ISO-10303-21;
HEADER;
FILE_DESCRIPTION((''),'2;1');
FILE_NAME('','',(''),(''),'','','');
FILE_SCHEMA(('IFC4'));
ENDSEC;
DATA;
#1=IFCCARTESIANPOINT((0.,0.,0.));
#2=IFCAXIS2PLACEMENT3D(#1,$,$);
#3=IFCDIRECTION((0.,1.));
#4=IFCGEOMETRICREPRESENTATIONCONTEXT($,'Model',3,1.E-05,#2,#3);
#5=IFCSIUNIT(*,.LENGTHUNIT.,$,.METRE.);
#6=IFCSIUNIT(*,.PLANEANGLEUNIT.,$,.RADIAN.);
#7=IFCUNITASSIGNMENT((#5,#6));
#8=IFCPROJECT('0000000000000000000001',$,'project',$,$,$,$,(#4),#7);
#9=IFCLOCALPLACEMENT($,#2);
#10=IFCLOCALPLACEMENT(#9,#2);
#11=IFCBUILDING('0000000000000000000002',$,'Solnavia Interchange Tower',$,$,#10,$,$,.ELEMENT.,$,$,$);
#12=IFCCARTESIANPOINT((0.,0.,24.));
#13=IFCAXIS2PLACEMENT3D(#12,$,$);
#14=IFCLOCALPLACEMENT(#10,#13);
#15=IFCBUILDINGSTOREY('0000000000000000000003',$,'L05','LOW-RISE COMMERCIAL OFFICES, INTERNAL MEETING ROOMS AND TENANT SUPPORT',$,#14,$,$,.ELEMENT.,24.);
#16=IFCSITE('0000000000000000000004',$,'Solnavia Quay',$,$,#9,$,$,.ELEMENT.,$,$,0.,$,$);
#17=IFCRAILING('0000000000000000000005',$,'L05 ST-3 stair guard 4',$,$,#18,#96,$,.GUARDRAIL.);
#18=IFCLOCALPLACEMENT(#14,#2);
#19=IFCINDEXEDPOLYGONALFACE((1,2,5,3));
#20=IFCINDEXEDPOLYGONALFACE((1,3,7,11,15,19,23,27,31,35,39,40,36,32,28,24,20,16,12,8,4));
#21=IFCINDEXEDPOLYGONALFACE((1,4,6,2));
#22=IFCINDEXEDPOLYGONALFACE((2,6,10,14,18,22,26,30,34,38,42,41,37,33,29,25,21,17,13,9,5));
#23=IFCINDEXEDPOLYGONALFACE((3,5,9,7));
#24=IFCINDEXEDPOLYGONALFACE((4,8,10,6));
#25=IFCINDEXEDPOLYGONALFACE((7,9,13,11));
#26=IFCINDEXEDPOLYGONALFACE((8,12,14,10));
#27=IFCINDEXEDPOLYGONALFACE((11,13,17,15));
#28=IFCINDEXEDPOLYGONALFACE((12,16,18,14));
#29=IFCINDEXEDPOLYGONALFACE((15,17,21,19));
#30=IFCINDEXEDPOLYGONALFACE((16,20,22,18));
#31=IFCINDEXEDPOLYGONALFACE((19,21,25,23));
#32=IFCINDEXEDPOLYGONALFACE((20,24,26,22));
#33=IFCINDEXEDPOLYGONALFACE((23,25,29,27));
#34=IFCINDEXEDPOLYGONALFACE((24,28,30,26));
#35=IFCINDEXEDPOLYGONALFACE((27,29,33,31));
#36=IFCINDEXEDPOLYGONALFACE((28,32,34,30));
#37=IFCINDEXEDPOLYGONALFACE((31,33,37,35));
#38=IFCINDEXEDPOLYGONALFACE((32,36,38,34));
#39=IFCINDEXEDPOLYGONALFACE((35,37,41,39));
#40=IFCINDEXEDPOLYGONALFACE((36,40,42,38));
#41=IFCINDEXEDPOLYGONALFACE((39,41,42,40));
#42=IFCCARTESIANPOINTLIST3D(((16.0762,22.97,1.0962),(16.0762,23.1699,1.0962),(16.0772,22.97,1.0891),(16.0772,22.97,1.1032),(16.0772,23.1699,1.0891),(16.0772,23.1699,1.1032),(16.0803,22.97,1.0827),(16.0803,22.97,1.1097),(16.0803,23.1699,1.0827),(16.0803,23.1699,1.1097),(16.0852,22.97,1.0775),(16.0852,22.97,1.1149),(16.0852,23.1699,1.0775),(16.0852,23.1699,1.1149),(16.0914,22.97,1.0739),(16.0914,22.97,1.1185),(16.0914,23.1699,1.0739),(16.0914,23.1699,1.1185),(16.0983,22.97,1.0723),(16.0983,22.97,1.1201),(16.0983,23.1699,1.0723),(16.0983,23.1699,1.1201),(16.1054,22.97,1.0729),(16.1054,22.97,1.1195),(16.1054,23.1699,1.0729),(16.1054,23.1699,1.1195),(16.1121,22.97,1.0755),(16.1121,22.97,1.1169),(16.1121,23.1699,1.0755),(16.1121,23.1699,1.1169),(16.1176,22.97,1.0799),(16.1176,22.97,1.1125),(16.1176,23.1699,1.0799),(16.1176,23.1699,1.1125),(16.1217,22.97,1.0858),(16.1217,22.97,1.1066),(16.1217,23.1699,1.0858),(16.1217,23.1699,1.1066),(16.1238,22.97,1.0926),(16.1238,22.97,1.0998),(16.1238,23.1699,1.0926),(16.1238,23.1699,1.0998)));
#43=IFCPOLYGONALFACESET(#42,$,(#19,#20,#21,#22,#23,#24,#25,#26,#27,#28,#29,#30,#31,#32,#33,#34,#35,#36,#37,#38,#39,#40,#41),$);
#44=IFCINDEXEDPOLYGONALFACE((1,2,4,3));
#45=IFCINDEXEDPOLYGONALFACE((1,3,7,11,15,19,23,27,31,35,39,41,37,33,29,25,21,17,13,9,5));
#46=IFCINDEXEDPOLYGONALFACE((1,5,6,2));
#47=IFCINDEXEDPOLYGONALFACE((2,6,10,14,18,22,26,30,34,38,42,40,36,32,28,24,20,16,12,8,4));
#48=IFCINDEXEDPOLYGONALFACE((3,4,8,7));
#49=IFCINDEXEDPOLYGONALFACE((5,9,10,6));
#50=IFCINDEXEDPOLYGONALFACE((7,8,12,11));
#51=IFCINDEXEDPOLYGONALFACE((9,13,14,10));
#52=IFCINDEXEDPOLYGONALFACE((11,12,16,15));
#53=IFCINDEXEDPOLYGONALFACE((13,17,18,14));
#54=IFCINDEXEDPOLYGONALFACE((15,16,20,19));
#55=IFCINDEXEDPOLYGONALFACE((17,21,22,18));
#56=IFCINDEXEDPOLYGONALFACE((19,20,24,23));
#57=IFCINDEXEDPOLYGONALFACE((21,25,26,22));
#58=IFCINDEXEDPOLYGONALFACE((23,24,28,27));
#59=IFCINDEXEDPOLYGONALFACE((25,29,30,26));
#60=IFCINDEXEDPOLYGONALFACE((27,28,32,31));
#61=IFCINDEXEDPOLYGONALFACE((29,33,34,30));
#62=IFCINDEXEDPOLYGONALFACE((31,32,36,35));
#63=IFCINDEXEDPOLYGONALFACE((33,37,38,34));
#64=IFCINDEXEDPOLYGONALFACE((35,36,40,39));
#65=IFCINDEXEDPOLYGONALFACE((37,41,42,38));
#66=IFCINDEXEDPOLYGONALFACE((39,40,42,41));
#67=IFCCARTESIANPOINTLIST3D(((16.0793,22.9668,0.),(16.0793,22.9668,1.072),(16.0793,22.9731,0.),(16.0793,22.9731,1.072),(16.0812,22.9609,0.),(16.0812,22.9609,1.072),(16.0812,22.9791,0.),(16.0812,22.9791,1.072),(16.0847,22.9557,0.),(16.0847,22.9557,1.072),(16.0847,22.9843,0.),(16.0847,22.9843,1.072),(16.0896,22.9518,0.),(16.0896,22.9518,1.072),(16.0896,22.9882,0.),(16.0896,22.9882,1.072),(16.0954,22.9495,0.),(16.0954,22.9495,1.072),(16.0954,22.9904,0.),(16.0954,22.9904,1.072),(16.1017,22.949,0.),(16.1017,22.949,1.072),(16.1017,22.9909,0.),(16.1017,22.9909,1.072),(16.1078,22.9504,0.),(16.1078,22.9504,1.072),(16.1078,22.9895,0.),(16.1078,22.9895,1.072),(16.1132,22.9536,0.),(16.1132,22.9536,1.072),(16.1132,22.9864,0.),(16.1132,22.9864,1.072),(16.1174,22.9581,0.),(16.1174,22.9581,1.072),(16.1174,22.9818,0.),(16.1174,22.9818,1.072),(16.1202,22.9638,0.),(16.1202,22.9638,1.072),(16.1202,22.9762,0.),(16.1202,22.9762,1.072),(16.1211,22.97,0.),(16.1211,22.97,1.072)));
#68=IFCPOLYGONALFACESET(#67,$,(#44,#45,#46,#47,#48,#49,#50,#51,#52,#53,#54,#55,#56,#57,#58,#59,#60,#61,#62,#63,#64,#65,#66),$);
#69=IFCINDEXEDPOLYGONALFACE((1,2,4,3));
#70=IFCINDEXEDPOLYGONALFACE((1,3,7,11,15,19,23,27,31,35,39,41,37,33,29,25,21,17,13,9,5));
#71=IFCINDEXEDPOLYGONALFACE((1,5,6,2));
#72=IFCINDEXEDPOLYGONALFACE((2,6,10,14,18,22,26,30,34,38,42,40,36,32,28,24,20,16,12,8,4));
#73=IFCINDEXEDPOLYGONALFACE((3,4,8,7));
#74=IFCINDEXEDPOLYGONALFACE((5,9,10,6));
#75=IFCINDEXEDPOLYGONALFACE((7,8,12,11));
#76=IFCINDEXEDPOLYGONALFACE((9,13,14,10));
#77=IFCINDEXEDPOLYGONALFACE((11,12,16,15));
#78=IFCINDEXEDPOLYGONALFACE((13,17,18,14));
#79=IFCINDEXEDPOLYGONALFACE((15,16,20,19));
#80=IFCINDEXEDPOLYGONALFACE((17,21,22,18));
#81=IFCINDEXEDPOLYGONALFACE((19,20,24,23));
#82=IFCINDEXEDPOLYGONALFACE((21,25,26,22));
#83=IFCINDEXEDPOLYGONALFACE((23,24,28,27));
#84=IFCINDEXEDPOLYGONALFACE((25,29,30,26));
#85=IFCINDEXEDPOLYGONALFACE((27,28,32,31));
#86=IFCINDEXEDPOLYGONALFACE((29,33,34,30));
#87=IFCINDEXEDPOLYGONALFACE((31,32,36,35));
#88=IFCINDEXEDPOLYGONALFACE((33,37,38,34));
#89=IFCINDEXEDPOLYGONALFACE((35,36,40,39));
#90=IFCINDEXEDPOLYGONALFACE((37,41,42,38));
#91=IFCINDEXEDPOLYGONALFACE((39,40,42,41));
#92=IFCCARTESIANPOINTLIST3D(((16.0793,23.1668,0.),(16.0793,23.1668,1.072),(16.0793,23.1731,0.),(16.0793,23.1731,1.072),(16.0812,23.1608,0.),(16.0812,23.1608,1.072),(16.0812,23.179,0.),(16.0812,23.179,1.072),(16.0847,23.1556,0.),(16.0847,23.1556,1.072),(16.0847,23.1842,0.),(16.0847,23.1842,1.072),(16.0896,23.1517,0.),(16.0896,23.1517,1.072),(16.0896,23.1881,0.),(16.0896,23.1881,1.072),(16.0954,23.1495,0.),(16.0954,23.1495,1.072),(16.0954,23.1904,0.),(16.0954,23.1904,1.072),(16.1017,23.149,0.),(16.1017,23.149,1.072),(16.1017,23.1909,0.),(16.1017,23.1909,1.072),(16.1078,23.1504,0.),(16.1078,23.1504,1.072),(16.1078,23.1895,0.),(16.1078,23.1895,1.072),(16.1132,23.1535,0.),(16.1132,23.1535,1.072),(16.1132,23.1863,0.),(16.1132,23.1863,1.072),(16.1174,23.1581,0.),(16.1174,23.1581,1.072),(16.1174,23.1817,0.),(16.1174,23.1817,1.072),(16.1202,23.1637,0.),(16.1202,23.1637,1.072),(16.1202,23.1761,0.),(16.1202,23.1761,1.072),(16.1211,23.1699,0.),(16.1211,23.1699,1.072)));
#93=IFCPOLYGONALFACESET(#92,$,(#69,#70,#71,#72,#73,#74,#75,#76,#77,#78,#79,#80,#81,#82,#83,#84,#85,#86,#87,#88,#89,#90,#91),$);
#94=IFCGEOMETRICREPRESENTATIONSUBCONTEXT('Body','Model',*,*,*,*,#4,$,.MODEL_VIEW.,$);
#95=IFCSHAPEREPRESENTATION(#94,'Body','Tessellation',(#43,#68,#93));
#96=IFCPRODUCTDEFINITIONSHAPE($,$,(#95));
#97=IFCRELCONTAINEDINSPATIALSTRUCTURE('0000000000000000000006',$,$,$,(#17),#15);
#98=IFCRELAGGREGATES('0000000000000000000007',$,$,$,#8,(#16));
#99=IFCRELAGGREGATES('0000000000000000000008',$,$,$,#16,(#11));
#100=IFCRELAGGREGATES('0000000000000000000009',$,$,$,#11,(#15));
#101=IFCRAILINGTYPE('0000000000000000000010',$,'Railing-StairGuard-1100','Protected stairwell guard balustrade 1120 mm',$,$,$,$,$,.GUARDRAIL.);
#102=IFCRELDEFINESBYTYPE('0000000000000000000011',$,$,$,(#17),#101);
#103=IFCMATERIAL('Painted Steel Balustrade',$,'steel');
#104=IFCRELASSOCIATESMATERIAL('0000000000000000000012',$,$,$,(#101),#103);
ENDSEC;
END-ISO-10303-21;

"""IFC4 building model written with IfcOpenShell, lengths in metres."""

from ifc_helpers import new_model, si_unit, direction, frame, origin, origin_2d, place, context, subcontext, project, spatial, circle, extrude, material, type_object, element, save


model = new_model("IFC4")

# Units and contexts
model_context = context("Model", 3, precision=1e-05, world=origin(), true_north=direction((0.0, 1.0)))
body_context = subcontext(model_context, "Body", "Model", "MODEL_VIEW")
ifc_project = project(units=[si_unit("LENGTHUNIT", "METRE"), si_unit("PLANEANGLEUNIT", "RADIAN")], contexts=[model_context])

# Site, building, storey
site_placement = place(None, origin())
site = spatial("IfcSite", under=ifc_project, at=site_placement, Name="Solnavia Quay", CompositionType="ELEMENT", RefElevation=0.0)
building_placement = place(site_placement, origin())
building = spatial("IfcBuilding", under=site, at=building_placement, Name="Solnavia Interchange Tower", CompositionType="ELEMENT")
storey_placement = place(building_placement, frame((0.0, 0.0, 24.0)))
storey = spatial("IfcBuildingStorey", under=building, at=storey_placement, Name="L05", Description="LOW-RISE COMMERCIAL OFFICES, INTERNAL MEETING ROOMS AND TENANT SUPPORT", CompositionType="ELEMENT", Elevation=24.0)

# Railing
ifc_material_1 = material(Name="Painted Steel Balustrade", Category="steel")
railing_type_1 = type_object("IfcRailingType", Name="Railing-StairGuard-1100", Description="Protected stairwell guard balustrade 1120 mm", PredefinedType="GUARDRAIL", material=ifc_material_1)
railing_1_placement = place(storey_placement, frame((16.1001, 22.97, 0.0)))
element("IfcRailing", 1, at=railing_1_placement, inside=storey, type_object=railing_type_1, Name="L05 ST-3 stair guard 4", PredefinedType="GUARDRAIL", context=body_context, shape_type="SweptSolid", body=[
    extrude(circle(Radius=0.0239, at=origin_2d()), frame((0.0, 0.0, 1.0962), z_axis=(0.0, 1.0, 0.0), x_axis=(-1.0, 0.0, 0.0)), (0.0, 0.0, 1.0), 0.2),
    extrude(circle(Radius=0.021, at=origin_2d()), origin(), (0.0, 0.0, 1.0), 1.072),
    extrude(circle(Radius=0.021, at=origin_2d()), frame((0.0, 0.2, 0.0)), (0.0, 0.0, 1.0), 1.072),
])

save(model, "model.ifc")
